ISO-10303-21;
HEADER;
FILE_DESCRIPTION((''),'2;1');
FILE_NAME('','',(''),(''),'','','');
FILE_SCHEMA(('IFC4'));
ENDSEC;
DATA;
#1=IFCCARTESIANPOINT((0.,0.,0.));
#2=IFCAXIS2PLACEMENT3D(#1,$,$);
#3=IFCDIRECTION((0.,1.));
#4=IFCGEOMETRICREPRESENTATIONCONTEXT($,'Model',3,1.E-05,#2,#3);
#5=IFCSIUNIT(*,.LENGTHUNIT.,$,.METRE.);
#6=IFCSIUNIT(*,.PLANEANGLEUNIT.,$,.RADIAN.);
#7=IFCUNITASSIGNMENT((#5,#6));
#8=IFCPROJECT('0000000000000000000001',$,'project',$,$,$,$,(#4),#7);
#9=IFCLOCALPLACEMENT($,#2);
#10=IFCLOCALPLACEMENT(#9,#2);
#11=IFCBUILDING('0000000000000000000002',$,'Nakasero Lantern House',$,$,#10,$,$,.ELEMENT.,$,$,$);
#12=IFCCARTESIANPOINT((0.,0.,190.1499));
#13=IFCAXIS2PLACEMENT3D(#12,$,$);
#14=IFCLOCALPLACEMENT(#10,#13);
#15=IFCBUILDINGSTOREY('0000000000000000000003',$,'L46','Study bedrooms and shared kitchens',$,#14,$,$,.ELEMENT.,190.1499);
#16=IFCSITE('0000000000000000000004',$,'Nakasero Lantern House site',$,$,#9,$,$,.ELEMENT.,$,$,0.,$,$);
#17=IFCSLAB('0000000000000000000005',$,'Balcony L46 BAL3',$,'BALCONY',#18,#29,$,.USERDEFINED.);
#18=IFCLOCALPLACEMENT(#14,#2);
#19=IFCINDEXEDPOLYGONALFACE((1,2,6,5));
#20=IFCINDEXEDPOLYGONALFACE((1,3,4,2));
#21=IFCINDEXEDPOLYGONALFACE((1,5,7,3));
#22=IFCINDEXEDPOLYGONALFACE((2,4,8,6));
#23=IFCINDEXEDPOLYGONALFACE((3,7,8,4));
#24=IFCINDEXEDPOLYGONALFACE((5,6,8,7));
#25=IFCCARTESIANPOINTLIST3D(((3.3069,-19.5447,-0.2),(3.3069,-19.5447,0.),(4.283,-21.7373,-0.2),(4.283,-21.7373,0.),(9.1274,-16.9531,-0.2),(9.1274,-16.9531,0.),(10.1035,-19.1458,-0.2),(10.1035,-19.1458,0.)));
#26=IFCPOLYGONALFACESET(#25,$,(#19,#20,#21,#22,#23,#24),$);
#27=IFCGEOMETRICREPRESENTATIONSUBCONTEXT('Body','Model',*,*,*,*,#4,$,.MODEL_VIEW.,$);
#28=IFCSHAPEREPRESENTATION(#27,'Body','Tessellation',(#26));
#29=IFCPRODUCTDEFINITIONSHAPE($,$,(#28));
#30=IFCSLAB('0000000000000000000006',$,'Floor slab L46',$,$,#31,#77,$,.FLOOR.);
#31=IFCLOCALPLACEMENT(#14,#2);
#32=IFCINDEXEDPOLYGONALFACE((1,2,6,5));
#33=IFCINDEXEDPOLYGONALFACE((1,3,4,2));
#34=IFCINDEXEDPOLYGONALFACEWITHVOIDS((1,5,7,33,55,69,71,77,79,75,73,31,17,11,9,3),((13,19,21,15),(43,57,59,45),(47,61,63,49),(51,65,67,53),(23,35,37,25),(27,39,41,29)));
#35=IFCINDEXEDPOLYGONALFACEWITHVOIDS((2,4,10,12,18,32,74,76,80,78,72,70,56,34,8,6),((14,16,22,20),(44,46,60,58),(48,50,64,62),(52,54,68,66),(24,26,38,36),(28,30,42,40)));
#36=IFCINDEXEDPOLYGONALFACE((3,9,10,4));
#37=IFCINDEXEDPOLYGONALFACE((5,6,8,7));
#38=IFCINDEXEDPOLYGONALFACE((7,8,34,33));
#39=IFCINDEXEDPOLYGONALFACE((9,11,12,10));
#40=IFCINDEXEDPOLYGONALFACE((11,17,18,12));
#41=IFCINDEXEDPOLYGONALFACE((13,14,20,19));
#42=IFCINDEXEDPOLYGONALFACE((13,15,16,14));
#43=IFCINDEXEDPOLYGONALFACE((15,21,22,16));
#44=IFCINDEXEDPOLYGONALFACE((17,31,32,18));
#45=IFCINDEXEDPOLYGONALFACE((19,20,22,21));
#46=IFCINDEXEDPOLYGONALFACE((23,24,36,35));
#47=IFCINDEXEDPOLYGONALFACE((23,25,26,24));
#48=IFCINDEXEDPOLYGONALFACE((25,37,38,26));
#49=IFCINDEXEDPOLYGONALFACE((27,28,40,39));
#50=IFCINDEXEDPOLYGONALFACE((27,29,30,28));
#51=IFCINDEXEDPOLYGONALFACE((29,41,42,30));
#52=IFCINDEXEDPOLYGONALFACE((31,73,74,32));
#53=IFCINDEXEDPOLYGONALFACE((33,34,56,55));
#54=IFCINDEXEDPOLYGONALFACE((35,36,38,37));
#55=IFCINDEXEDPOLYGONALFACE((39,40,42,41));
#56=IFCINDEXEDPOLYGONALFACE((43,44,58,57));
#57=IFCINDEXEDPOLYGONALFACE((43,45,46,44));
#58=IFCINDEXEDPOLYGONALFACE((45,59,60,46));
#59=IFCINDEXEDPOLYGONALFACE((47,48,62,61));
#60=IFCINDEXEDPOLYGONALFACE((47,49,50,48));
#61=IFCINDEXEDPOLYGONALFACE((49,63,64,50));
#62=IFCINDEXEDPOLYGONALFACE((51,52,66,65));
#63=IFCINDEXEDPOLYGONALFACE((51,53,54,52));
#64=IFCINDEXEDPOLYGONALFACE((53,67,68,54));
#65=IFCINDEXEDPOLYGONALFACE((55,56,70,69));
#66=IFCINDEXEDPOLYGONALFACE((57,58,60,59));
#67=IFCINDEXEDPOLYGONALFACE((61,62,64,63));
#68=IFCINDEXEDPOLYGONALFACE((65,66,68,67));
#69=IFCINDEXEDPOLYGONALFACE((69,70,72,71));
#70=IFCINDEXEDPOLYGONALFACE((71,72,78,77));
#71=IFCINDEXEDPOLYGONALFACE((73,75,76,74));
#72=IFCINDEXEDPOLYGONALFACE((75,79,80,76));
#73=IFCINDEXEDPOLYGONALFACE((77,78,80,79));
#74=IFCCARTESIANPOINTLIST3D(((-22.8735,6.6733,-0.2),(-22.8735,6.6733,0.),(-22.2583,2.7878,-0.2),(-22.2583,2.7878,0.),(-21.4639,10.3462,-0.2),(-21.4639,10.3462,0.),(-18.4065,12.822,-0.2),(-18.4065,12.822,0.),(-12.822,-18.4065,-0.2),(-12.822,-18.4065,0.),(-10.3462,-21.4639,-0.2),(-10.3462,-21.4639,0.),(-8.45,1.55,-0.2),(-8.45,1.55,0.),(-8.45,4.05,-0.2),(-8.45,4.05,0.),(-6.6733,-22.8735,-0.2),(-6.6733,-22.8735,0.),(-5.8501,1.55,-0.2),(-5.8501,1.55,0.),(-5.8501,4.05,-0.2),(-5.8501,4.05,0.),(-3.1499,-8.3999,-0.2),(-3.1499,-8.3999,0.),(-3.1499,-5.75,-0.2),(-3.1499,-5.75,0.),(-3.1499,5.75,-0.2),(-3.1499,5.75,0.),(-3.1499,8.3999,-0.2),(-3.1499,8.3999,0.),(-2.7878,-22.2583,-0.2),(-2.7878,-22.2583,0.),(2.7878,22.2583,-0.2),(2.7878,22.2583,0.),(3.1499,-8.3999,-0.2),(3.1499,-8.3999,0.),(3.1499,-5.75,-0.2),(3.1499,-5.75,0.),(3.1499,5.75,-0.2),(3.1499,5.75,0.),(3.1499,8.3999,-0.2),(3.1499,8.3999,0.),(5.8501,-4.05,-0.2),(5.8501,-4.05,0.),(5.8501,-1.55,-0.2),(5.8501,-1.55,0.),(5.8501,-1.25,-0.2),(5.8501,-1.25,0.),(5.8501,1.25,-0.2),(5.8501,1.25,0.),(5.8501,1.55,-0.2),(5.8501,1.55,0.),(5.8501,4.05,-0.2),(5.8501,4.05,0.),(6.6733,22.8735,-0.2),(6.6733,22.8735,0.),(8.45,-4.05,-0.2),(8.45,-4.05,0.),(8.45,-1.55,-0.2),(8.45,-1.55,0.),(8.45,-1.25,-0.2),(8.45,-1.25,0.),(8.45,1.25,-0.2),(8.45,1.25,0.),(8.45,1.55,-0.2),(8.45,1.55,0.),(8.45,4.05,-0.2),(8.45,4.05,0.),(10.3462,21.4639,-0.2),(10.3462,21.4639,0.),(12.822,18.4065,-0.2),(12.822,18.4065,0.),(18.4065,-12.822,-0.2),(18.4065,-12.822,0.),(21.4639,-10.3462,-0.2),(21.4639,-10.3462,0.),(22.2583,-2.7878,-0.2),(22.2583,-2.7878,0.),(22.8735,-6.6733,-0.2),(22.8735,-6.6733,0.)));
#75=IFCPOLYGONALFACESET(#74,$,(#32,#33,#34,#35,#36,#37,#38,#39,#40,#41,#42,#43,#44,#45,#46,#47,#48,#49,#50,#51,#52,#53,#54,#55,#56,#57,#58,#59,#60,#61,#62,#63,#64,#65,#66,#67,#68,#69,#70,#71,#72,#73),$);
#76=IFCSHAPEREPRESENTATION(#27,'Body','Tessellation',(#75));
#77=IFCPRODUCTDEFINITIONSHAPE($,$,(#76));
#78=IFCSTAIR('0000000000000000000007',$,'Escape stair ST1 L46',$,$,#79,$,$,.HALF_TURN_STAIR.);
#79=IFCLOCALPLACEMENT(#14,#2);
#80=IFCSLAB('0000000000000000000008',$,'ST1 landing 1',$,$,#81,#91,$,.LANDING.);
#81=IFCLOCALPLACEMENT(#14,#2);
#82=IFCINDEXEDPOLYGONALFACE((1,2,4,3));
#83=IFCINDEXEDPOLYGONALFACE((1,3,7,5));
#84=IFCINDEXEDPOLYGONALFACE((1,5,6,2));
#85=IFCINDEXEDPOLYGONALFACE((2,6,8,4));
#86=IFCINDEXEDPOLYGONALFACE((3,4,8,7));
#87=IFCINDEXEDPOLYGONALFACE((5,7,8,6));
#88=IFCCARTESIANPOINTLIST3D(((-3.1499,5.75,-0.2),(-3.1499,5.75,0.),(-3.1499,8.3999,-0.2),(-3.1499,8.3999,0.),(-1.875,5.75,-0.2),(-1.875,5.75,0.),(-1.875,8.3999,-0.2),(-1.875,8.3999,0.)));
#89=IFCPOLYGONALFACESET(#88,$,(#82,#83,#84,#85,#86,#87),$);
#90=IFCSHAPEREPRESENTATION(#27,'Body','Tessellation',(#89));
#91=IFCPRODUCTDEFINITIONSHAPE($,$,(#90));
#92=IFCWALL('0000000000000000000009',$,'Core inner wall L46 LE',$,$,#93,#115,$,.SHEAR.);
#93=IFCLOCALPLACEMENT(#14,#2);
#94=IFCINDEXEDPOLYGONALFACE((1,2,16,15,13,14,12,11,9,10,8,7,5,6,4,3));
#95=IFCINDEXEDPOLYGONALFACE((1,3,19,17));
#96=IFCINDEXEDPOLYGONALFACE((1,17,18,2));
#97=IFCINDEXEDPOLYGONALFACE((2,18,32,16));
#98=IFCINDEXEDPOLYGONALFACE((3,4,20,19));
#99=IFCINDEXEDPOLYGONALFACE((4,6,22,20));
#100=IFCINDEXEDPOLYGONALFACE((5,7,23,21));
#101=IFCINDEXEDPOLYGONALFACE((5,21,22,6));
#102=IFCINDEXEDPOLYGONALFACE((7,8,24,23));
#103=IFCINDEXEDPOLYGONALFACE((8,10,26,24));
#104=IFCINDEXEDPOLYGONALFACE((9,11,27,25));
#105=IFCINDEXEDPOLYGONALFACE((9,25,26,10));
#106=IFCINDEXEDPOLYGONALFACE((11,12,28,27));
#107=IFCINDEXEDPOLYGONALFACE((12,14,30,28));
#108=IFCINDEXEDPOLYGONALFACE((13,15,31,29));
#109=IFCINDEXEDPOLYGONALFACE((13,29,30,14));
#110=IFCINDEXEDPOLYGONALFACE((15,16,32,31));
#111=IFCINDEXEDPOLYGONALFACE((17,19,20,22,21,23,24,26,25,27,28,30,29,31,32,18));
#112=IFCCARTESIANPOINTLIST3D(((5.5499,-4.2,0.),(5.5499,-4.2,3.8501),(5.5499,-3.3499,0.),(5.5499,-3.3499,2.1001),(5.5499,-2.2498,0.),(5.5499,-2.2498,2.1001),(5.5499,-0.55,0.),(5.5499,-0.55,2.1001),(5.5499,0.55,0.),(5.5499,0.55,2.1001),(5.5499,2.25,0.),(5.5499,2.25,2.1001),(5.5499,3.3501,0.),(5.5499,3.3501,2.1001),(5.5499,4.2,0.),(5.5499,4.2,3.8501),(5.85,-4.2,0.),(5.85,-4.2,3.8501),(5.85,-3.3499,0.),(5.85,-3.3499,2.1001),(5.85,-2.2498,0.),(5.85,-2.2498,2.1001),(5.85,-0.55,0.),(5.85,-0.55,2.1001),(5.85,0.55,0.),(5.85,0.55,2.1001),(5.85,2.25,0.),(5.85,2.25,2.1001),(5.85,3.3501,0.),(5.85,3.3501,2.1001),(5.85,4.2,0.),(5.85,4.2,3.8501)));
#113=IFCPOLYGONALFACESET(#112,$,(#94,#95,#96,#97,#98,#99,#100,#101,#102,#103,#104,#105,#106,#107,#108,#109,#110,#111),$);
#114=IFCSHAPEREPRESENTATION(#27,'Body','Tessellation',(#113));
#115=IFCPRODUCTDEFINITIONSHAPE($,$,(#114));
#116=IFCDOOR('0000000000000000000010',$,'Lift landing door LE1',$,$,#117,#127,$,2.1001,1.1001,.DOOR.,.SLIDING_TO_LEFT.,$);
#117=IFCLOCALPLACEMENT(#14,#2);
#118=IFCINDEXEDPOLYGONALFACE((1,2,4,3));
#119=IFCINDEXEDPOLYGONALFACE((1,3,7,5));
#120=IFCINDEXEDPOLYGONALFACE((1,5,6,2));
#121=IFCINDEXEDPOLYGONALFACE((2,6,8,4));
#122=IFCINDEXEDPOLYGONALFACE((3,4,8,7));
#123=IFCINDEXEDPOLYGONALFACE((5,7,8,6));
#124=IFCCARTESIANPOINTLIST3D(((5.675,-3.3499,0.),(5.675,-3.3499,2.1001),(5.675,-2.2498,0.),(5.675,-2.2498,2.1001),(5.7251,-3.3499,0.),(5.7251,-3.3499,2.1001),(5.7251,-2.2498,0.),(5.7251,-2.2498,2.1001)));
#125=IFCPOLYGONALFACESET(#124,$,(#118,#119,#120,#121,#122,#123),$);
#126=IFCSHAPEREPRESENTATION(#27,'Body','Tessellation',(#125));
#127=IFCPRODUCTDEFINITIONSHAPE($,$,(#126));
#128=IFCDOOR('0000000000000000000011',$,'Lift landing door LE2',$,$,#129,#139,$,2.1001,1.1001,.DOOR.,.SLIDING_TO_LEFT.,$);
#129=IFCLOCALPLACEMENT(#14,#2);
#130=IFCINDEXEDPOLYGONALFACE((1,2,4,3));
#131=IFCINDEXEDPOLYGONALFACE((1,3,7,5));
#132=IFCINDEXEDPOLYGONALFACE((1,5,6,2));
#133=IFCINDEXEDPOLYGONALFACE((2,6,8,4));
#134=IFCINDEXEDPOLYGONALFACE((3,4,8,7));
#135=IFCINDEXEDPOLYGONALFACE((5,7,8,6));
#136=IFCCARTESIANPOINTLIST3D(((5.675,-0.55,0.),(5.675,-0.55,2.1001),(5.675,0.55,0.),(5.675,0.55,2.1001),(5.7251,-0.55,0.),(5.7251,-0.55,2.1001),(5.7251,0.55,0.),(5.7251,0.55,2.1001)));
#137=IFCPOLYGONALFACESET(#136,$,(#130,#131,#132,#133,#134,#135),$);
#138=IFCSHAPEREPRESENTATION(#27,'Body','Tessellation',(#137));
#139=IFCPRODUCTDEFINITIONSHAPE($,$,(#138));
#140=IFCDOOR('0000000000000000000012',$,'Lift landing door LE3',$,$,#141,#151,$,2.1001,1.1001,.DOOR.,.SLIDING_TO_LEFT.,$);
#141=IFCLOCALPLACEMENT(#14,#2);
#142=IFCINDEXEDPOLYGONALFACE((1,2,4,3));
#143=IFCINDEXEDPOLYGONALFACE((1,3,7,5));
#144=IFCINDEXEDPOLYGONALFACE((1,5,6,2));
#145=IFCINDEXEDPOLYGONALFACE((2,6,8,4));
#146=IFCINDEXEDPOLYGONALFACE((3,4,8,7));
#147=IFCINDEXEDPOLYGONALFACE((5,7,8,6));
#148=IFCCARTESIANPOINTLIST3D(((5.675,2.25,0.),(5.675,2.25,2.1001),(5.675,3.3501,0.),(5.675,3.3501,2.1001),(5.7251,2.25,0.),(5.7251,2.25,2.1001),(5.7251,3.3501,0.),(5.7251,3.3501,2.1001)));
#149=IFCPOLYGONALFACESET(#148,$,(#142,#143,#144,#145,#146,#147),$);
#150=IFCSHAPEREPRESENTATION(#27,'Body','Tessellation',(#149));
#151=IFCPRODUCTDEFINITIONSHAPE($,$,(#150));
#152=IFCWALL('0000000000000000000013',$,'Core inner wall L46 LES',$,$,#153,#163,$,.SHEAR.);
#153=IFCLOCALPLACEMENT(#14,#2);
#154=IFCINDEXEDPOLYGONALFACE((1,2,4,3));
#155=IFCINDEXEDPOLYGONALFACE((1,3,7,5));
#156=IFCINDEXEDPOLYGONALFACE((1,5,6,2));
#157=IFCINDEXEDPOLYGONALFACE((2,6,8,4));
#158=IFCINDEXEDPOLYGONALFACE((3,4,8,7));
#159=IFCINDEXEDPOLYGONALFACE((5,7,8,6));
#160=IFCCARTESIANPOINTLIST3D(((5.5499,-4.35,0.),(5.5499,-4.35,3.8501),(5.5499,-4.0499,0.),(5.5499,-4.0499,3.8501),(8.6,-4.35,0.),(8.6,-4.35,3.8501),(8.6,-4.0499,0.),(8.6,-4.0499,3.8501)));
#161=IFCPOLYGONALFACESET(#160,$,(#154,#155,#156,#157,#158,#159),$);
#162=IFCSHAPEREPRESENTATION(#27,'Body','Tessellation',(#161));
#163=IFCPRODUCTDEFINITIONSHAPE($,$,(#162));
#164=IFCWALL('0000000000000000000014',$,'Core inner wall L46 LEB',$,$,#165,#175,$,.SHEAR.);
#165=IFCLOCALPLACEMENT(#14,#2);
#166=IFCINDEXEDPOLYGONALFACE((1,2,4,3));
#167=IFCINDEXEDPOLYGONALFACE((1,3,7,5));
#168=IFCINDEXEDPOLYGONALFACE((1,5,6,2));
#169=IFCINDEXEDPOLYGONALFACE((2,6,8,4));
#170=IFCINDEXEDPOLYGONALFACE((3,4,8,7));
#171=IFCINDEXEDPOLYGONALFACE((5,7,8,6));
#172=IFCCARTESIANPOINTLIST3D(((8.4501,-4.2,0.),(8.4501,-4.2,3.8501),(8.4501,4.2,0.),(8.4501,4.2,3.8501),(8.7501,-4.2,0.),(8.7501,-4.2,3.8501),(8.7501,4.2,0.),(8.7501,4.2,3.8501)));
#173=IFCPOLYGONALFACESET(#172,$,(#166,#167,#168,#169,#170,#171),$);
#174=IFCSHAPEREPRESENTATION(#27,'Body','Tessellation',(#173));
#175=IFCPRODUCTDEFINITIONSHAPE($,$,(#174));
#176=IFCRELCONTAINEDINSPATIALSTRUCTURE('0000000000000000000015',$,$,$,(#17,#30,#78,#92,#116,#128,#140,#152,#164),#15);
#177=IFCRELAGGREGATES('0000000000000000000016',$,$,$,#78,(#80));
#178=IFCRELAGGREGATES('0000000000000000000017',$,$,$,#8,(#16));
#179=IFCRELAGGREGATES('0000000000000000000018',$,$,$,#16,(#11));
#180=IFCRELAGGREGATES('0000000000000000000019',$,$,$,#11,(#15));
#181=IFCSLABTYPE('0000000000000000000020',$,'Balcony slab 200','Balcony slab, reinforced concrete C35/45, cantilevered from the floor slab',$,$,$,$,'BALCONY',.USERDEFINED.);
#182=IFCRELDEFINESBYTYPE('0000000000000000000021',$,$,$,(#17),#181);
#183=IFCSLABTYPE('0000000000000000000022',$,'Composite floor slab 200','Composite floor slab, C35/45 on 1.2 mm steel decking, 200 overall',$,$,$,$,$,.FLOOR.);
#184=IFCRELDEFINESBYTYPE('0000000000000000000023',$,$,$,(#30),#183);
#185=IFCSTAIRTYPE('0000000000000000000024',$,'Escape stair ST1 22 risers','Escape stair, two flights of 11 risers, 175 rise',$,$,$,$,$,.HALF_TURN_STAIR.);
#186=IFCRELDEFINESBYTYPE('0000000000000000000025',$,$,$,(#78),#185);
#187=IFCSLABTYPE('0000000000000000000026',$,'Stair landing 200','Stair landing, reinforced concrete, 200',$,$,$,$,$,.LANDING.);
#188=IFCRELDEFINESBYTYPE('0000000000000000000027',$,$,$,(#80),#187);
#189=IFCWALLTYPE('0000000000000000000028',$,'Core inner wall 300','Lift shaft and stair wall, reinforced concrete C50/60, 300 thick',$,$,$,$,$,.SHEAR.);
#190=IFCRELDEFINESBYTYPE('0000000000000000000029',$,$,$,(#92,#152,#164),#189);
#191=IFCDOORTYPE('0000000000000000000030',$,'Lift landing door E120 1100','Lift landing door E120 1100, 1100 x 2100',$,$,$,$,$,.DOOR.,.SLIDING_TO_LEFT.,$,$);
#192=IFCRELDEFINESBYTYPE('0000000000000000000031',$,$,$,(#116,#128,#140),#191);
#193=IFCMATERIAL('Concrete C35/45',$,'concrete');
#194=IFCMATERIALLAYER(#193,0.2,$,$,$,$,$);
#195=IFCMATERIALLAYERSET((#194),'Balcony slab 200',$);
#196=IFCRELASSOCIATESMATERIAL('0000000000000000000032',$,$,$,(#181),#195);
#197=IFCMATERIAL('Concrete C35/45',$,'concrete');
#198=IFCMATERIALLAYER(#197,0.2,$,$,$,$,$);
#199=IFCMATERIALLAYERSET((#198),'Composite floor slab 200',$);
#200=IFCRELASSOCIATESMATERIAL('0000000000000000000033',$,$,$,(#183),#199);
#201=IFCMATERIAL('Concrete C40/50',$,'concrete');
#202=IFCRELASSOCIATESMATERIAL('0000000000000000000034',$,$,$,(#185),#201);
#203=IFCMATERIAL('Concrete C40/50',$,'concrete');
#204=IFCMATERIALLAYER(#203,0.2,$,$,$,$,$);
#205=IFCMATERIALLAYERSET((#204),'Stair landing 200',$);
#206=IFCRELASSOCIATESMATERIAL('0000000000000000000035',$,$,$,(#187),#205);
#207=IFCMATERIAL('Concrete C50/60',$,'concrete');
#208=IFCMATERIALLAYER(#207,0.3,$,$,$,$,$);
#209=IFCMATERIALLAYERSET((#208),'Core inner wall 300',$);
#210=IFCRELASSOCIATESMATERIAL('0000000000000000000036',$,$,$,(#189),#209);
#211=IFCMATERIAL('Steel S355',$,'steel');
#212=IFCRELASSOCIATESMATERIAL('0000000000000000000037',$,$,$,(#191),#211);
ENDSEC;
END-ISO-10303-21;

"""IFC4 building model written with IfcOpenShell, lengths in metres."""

from ifc_helpers import new_model, si_unit, direction, frame, frame_2d, origin, place, context, subcontext, project, spatial, polyline, rectangle, outline, extrude, material, layer, layer_set, type_object, element, fill, aggregate, save


model = new_model("IFC4")

# Units and contexts
model_context = context("Model", 3, precision=1e-05, world=origin(), true_north=direction((0.0, 1.0)))
body_context = subcontext(model_context, "Body", "Model", "MODEL_VIEW")
ifc_project = project(units=[si_unit("LENGTHUNIT", "METRE"), si_unit("PLANEANGLEUNIT", "RADIAN")], contexts=[model_context])

# Site, building, storey
site_placement = place(None, origin())
site = spatial("IfcSite", under=ifc_project, at=site_placement, Name="Nakasero Lantern House site", CompositionType="ELEMENT", RefElevation=0.0)
building_placement = place(site_placement, origin())
building = spatial("IfcBuilding", under=site, at=building_placement, Name="Nakasero Lantern House", CompositionType="ELEMENT")
storey_placement = place(building_placement, frame((0.0, 0.0, 190.1499)))
storey = spatial("IfcBuildingStorey", under=building, at=storey_placement, Name="L46", Description="Study bedrooms and shared kitchens", CompositionType="ELEMENT", Elevation=190.1499)

# Slabs
ifc_material_1 = material(Name="Concrete C35/45", Category="concrete")
ifc_layer_1 = layer(ifc_material_1, 0.2)
ifc_layer_set_1 = layer_set([ifc_layer_1], Name="Balcony slab 200")
slab_type_1 = type_object("IfcSlabType", Name="Balcony slab 200", Description="Balcony slab, reinforced concrete C35/45, cantilevered from the floor slab", ElementType="BALCONY", PredefinedType="USERDEFINED", material=ifc_layer_set_1)
slab_1_placement = place(storey_placement, frame((0.0, 0.0, -0.2)))
element("IfcSlab", 1, at=slab_1_placement, inside=storey, type_object=slab_type_1, Name="Balcony L46 BAL3", ObjectType="BALCONY", PredefinedType="USERDEFINED", context=body_context, shape_type="SweptSolid", body=[
    extrude(outline(polyline([(3.3069, -19.5447), (4.283, -21.7373), (10.1035, -19.1458), (9.1274, -16.9531), (3.3069, -19.5447)])), origin(), (0.0, 0.0, 1.0), 0.2),
])
ifc_material_2 = material(Name="Concrete C35/45", Category="concrete")
ifc_layer_2 = layer(ifc_material_2, 0.2)
ifc_layer_set_2 = layer_set([ifc_layer_2], Name="Composite floor slab 200")
slab_type_2 = type_object("IfcSlabType", Name="Composite floor slab 200", Description="Composite floor slab, C35/45 on 1.2 mm steel decking, 200 overall", PredefinedType="FLOOR", material=ifc_layer_set_2)
slab_2_placement = place(storey_placement, frame((0.0, 0.0, -0.2)))
element("IfcSlab", 2, at=slab_2_placement, inside=storey, type_object=slab_type_2, Name="Floor slab L46", PredefinedType="FLOOR", context=body_context, shape_type="SweptSolid", body=[
    extrude(outline(polyline([(12.822, 18.4065), (10.3462, 21.4639), (6.6733, 22.8735), (2.7878, 22.2583), (-18.4065, 12.822), (-21.4639, 10.3462), (-22.8735, 6.6733), (-22.2583, 2.7878), (-12.822, -18.4065), (-10.3462, -21.4639), (-6.6733, -22.8735), (-2.7878, -22.2583), (18.4065, -12.822), (21.4639, -10.3462), (22.8735, -6.6733), (22.2583, -2.7878), (12.822, 18.4065)]), holes=[polyline([(-8.45, 1.55), (-5.8501, 1.55), (-5.8501, 4.05), (-8.45, 4.05), (-8.45, 1.55)]), polyline([(5.8501, -4.05), (8.45, -4.05), (8.45, -1.55), (5.8501, -1.55), (5.8501, -4.05)]), polyline([(5.8501, -1.25), (8.45, -1.25), (8.45, 1.25), (5.8501, 1.25), (5.8501, -1.25)]), polyline([(5.8501, 1.55), (8.45, 1.55), (8.45, 4.05), (5.8501, 4.05), (5.8501, 1.55)]), polyline([(-3.1499, 5.75), (3.1499, 5.75), (3.1499, 8.3999), (-3.1499, 8.3999), (-3.1499, 5.75)]), polyline([(-3.1499, -8.3999), (3.1499, -8.3999), (3.1499, -5.75), (-3.1499, -5.75), (-3.1499, -8.3999)])]), origin(), (0.0, 0.0, 1.0), 0.2),
])

# Stair, slab
ifc_material_3 = material(Name="Concrete C40/50", Category="concrete")
stair_type_1 = type_object("IfcStairType", Name="Escape stair ST1 22 risers", Description="Escape stair, two flights of 11 risers, 175 rise", PredefinedType="HALF_TURN_STAIR", material=ifc_material_3)
stair_1_placement = place(storey_placement, origin())
stair_1 = element("IfcStair", 3, at=stair_1_placement, inside=storey, type_object=stair_type_1, Name="Escape stair ST1 L46", PredefinedType="HALF_TURN_STAIR")
ifc_material_4 = material(Name="Concrete C40/50", Category="concrete")
ifc_layer_3 = layer(ifc_material_4, 0.2)
ifc_layer_set_3 = layer_set([ifc_layer_3], Name="Stair landing 200")
slab_type_3 = type_object("IfcSlabType", Name="Stair landing 200", Description="Stair landing, reinforced concrete, 200", PredefinedType="LANDING", material=ifc_layer_set_3)
slab_3_placement = place(storey_placement, frame((0.0, 0.0, -0.2)))
slab_3 = element("IfcSlab", 4, at=slab_3_placement, type_object=slab_type_3, Name="ST1 landing 1", PredefinedType="LANDING", context=body_context, shape_type="SweptSolid", body=[
    extrude(outline(polyline([(-3.1499, 5.75), (-1.875, 5.75), (-1.875, 8.3999), (-3.1499, 8.3999), (-3.1499, 5.75)])), origin(), (0.0, 0.0, 1.0), 0.2),
])
aggregate(stair_1, [slab_3])

# Wall, openings, doors
ifc_material_5 = material(Name="Concrete C50/60", Category="concrete")
ifc_layer_4 = layer(ifc_material_5, 0.3)
ifc_layer_set_4 = layer_set([ifc_layer_4], Name="Core inner wall 300")
wall_type_1 = type_object("IfcWallType", Name="Core inner wall 300", Description="Lift shaft and stair wall, reinforced concrete C50/60, 300 thick", PredefinedType="SHEAR", material=ifc_layer_set_4)
wall_1_placement = place(storey_placement, frame((5.7, -4.2, 0.0), z_axis=(0.0, 0.0, 1.0), x_axis=(0.0, 1.0, 0.0)))
wall_1 = element("IfcWall", 5, at=wall_1_placement, inside=storey, type_object=wall_type_1, Name="Core inner wall L46 LE", PredefinedType="SHEAR", context=body_context, shape_type="SweptSolid", body=[
    extrude(rectangle(XDim=8.3999, YDim=0.3, at=frame_2d((4.2, 0.0))), origin(), (0.0, 0.0, 1.0), 3.8501),
])
opening_1_placement = place(wall_1_placement, frame((0.8501, 0.0, 0.0)))
opening_1 = element("IfcOpeningElement", 6, at=opening_1_placement, cuts=wall_1, PredefinedType="OPENING", context=body_context, shape_type="SweptSolid", body=[
    extrude(rectangle(XDim=1.1001, YDim=2.1001, at=frame_2d((0.55, 1.05))), frame((0.0, 0.1699, 0.0), z_axis=(0.0, -1.0, 0.0), x_axis=(1.0, 0.0, 0.0)), (0.0, 0.0, 1.0), 0.3401),
])
opening_2_placement = place(wall_1_placement, frame((3.6499, 0.0, 0.0)))
opening_2 = element("IfcOpeningElement", 7, at=opening_2_placement, cuts=wall_1, PredefinedType="OPENING", context=body_context, shape_type="SweptSolid", body=[
    extrude(rectangle(XDim=1.1001, YDim=2.1001, at=frame_2d((0.55, 1.05))), frame((0.0, 0.1699, 0.0), z_axis=(0.0, -1.0, 0.0), x_axis=(1.0, 0.0, 0.0)), (0.0, 0.0, 1.0), 0.3401),
])
opening_3_placement = place(wall_1_placement, frame((6.45, 0.0, 0.0)))
opening_3 = element("IfcOpeningElement", 8, at=opening_3_placement, cuts=wall_1, PredefinedType="OPENING", context=body_context, shape_type="SweptSolid", body=[
    extrude(rectangle(XDim=1.1001, YDim=2.1001, at=frame_2d((0.55, 1.05))), frame((0.0, 0.1699, 0.0), z_axis=(0.0, -1.0, 0.0), x_axis=(1.0, 0.0, 0.0)), (0.0, 0.0, 1.0), 0.3401),
])
ifc_material_6 = material(Name="Steel S355", Category="steel")
door_type_1 = type_object("IfcDoorType", Name="Lift landing door E120 1100", Description="Lift landing door E120 1100, 1100 x 2100", OperationType="SLIDING_TO_LEFT", PredefinedType="DOOR", material=ifc_material_6)
door_1_placement = place(opening_1_placement, origin())
door_1 = element("IfcDoor", 9, at=door_1_placement, inside=storey, type_object=door_type_1, Name="Lift landing door LE1", OperationType="SLIDING_TO_LEFT", OverallHeight=2.1001, OverallWidth=1.1001, PredefinedType="DOOR", context=body_context, shape_type="SweptSolid", body=[
    extrude(rectangle(XDim=1.1001, YDim=2.1001, at=frame_2d((0.55, 1.05))), frame((0.0, 0.0249, 0.0), z_axis=(0.0, -1.0, 0.0), x_axis=(1.0, 0.0, 0.0)), (0.0, 0.0, 1.0), 0.05),
])
fill(opening_1, door_1)
door_2_placement = place(opening_2_placement, origin())
door_2 = element("IfcDoor", 10, at=door_2_placement, inside=storey, type_object=door_type_1, Name="Lift landing door LE2", OperationType="SLIDING_TO_LEFT", OverallHeight=2.1001, OverallWidth=1.1001, PredefinedType="DOOR", context=body_context, shape_type="SweptSolid", body=[
    extrude(rectangle(XDim=1.1001, YDim=2.1001, at=frame_2d((0.55, 1.05))), frame((0.0, 0.0249, 0.0), z_axis=(0.0, -1.0, 0.0), x_axis=(1.0, 0.0, 0.0)), (0.0, 0.0, 1.0), 0.05),
])
fill(opening_2, door_2)
door_3_placement = place(opening_3_placement, origin())
door_3 = element("IfcDoor", 11, at=door_3_placement, inside=storey, type_object=door_type_1, Name="Lift landing door LE3", OperationType="SLIDING_TO_LEFT", OverallHeight=2.1001, OverallWidth=1.1001, PredefinedType="DOOR", context=body_context, shape_type="SweptSolid", body=[
    extrude(rectangle(XDim=1.1001, YDim=2.1001, at=frame_2d((0.55, 1.05))), frame((0.0, 0.0249, 0.0), z_axis=(0.0, -1.0, 0.0), x_axis=(1.0, 0.0, 0.0)), (0.0, 0.0, 1.0), 0.05),
])
fill(opening_3, door_3)

# Walls
wall_2_placement = place(storey_placement, frame((5.55, -4.2, 0.0), z_axis=(0.0, 0.0, 1.0), x_axis=(1.0, 0.0, 0.0)))
element("IfcWall", 12, at=wall_2_placement, inside=storey, type_object=wall_type_1, Name="Core inner wall L46 LES", PredefinedType="SHEAR", context=body_context, shape_type="SweptSolid", body=[
    extrude(rectangle(XDim=3.05, YDim=0.3, at=frame_2d((1.5249, 0.0))), origin(), (0.0, 0.0, 1.0), 3.8501),
])
wall_3_placement = place(storey_placement, frame((8.6001, -4.2, 0.0), z_axis=(0.0, 0.0, 1.0), x_axis=(0.0, 1.0, 0.0)))
element("IfcWall", 13, at=wall_3_placement, inside=storey, type_object=wall_type_1, Name="Core inner wall L46 LEB", PredefinedType="SHEAR", context=body_context, shape_type="SweptSolid", body=[
    extrude(rectangle(XDim=8.3999, YDim=0.3, at=frame_2d((4.2, 0.0))), origin(), (0.0, 0.0, 1.0), 3.8501),
])

save(model, "model.ifc")
